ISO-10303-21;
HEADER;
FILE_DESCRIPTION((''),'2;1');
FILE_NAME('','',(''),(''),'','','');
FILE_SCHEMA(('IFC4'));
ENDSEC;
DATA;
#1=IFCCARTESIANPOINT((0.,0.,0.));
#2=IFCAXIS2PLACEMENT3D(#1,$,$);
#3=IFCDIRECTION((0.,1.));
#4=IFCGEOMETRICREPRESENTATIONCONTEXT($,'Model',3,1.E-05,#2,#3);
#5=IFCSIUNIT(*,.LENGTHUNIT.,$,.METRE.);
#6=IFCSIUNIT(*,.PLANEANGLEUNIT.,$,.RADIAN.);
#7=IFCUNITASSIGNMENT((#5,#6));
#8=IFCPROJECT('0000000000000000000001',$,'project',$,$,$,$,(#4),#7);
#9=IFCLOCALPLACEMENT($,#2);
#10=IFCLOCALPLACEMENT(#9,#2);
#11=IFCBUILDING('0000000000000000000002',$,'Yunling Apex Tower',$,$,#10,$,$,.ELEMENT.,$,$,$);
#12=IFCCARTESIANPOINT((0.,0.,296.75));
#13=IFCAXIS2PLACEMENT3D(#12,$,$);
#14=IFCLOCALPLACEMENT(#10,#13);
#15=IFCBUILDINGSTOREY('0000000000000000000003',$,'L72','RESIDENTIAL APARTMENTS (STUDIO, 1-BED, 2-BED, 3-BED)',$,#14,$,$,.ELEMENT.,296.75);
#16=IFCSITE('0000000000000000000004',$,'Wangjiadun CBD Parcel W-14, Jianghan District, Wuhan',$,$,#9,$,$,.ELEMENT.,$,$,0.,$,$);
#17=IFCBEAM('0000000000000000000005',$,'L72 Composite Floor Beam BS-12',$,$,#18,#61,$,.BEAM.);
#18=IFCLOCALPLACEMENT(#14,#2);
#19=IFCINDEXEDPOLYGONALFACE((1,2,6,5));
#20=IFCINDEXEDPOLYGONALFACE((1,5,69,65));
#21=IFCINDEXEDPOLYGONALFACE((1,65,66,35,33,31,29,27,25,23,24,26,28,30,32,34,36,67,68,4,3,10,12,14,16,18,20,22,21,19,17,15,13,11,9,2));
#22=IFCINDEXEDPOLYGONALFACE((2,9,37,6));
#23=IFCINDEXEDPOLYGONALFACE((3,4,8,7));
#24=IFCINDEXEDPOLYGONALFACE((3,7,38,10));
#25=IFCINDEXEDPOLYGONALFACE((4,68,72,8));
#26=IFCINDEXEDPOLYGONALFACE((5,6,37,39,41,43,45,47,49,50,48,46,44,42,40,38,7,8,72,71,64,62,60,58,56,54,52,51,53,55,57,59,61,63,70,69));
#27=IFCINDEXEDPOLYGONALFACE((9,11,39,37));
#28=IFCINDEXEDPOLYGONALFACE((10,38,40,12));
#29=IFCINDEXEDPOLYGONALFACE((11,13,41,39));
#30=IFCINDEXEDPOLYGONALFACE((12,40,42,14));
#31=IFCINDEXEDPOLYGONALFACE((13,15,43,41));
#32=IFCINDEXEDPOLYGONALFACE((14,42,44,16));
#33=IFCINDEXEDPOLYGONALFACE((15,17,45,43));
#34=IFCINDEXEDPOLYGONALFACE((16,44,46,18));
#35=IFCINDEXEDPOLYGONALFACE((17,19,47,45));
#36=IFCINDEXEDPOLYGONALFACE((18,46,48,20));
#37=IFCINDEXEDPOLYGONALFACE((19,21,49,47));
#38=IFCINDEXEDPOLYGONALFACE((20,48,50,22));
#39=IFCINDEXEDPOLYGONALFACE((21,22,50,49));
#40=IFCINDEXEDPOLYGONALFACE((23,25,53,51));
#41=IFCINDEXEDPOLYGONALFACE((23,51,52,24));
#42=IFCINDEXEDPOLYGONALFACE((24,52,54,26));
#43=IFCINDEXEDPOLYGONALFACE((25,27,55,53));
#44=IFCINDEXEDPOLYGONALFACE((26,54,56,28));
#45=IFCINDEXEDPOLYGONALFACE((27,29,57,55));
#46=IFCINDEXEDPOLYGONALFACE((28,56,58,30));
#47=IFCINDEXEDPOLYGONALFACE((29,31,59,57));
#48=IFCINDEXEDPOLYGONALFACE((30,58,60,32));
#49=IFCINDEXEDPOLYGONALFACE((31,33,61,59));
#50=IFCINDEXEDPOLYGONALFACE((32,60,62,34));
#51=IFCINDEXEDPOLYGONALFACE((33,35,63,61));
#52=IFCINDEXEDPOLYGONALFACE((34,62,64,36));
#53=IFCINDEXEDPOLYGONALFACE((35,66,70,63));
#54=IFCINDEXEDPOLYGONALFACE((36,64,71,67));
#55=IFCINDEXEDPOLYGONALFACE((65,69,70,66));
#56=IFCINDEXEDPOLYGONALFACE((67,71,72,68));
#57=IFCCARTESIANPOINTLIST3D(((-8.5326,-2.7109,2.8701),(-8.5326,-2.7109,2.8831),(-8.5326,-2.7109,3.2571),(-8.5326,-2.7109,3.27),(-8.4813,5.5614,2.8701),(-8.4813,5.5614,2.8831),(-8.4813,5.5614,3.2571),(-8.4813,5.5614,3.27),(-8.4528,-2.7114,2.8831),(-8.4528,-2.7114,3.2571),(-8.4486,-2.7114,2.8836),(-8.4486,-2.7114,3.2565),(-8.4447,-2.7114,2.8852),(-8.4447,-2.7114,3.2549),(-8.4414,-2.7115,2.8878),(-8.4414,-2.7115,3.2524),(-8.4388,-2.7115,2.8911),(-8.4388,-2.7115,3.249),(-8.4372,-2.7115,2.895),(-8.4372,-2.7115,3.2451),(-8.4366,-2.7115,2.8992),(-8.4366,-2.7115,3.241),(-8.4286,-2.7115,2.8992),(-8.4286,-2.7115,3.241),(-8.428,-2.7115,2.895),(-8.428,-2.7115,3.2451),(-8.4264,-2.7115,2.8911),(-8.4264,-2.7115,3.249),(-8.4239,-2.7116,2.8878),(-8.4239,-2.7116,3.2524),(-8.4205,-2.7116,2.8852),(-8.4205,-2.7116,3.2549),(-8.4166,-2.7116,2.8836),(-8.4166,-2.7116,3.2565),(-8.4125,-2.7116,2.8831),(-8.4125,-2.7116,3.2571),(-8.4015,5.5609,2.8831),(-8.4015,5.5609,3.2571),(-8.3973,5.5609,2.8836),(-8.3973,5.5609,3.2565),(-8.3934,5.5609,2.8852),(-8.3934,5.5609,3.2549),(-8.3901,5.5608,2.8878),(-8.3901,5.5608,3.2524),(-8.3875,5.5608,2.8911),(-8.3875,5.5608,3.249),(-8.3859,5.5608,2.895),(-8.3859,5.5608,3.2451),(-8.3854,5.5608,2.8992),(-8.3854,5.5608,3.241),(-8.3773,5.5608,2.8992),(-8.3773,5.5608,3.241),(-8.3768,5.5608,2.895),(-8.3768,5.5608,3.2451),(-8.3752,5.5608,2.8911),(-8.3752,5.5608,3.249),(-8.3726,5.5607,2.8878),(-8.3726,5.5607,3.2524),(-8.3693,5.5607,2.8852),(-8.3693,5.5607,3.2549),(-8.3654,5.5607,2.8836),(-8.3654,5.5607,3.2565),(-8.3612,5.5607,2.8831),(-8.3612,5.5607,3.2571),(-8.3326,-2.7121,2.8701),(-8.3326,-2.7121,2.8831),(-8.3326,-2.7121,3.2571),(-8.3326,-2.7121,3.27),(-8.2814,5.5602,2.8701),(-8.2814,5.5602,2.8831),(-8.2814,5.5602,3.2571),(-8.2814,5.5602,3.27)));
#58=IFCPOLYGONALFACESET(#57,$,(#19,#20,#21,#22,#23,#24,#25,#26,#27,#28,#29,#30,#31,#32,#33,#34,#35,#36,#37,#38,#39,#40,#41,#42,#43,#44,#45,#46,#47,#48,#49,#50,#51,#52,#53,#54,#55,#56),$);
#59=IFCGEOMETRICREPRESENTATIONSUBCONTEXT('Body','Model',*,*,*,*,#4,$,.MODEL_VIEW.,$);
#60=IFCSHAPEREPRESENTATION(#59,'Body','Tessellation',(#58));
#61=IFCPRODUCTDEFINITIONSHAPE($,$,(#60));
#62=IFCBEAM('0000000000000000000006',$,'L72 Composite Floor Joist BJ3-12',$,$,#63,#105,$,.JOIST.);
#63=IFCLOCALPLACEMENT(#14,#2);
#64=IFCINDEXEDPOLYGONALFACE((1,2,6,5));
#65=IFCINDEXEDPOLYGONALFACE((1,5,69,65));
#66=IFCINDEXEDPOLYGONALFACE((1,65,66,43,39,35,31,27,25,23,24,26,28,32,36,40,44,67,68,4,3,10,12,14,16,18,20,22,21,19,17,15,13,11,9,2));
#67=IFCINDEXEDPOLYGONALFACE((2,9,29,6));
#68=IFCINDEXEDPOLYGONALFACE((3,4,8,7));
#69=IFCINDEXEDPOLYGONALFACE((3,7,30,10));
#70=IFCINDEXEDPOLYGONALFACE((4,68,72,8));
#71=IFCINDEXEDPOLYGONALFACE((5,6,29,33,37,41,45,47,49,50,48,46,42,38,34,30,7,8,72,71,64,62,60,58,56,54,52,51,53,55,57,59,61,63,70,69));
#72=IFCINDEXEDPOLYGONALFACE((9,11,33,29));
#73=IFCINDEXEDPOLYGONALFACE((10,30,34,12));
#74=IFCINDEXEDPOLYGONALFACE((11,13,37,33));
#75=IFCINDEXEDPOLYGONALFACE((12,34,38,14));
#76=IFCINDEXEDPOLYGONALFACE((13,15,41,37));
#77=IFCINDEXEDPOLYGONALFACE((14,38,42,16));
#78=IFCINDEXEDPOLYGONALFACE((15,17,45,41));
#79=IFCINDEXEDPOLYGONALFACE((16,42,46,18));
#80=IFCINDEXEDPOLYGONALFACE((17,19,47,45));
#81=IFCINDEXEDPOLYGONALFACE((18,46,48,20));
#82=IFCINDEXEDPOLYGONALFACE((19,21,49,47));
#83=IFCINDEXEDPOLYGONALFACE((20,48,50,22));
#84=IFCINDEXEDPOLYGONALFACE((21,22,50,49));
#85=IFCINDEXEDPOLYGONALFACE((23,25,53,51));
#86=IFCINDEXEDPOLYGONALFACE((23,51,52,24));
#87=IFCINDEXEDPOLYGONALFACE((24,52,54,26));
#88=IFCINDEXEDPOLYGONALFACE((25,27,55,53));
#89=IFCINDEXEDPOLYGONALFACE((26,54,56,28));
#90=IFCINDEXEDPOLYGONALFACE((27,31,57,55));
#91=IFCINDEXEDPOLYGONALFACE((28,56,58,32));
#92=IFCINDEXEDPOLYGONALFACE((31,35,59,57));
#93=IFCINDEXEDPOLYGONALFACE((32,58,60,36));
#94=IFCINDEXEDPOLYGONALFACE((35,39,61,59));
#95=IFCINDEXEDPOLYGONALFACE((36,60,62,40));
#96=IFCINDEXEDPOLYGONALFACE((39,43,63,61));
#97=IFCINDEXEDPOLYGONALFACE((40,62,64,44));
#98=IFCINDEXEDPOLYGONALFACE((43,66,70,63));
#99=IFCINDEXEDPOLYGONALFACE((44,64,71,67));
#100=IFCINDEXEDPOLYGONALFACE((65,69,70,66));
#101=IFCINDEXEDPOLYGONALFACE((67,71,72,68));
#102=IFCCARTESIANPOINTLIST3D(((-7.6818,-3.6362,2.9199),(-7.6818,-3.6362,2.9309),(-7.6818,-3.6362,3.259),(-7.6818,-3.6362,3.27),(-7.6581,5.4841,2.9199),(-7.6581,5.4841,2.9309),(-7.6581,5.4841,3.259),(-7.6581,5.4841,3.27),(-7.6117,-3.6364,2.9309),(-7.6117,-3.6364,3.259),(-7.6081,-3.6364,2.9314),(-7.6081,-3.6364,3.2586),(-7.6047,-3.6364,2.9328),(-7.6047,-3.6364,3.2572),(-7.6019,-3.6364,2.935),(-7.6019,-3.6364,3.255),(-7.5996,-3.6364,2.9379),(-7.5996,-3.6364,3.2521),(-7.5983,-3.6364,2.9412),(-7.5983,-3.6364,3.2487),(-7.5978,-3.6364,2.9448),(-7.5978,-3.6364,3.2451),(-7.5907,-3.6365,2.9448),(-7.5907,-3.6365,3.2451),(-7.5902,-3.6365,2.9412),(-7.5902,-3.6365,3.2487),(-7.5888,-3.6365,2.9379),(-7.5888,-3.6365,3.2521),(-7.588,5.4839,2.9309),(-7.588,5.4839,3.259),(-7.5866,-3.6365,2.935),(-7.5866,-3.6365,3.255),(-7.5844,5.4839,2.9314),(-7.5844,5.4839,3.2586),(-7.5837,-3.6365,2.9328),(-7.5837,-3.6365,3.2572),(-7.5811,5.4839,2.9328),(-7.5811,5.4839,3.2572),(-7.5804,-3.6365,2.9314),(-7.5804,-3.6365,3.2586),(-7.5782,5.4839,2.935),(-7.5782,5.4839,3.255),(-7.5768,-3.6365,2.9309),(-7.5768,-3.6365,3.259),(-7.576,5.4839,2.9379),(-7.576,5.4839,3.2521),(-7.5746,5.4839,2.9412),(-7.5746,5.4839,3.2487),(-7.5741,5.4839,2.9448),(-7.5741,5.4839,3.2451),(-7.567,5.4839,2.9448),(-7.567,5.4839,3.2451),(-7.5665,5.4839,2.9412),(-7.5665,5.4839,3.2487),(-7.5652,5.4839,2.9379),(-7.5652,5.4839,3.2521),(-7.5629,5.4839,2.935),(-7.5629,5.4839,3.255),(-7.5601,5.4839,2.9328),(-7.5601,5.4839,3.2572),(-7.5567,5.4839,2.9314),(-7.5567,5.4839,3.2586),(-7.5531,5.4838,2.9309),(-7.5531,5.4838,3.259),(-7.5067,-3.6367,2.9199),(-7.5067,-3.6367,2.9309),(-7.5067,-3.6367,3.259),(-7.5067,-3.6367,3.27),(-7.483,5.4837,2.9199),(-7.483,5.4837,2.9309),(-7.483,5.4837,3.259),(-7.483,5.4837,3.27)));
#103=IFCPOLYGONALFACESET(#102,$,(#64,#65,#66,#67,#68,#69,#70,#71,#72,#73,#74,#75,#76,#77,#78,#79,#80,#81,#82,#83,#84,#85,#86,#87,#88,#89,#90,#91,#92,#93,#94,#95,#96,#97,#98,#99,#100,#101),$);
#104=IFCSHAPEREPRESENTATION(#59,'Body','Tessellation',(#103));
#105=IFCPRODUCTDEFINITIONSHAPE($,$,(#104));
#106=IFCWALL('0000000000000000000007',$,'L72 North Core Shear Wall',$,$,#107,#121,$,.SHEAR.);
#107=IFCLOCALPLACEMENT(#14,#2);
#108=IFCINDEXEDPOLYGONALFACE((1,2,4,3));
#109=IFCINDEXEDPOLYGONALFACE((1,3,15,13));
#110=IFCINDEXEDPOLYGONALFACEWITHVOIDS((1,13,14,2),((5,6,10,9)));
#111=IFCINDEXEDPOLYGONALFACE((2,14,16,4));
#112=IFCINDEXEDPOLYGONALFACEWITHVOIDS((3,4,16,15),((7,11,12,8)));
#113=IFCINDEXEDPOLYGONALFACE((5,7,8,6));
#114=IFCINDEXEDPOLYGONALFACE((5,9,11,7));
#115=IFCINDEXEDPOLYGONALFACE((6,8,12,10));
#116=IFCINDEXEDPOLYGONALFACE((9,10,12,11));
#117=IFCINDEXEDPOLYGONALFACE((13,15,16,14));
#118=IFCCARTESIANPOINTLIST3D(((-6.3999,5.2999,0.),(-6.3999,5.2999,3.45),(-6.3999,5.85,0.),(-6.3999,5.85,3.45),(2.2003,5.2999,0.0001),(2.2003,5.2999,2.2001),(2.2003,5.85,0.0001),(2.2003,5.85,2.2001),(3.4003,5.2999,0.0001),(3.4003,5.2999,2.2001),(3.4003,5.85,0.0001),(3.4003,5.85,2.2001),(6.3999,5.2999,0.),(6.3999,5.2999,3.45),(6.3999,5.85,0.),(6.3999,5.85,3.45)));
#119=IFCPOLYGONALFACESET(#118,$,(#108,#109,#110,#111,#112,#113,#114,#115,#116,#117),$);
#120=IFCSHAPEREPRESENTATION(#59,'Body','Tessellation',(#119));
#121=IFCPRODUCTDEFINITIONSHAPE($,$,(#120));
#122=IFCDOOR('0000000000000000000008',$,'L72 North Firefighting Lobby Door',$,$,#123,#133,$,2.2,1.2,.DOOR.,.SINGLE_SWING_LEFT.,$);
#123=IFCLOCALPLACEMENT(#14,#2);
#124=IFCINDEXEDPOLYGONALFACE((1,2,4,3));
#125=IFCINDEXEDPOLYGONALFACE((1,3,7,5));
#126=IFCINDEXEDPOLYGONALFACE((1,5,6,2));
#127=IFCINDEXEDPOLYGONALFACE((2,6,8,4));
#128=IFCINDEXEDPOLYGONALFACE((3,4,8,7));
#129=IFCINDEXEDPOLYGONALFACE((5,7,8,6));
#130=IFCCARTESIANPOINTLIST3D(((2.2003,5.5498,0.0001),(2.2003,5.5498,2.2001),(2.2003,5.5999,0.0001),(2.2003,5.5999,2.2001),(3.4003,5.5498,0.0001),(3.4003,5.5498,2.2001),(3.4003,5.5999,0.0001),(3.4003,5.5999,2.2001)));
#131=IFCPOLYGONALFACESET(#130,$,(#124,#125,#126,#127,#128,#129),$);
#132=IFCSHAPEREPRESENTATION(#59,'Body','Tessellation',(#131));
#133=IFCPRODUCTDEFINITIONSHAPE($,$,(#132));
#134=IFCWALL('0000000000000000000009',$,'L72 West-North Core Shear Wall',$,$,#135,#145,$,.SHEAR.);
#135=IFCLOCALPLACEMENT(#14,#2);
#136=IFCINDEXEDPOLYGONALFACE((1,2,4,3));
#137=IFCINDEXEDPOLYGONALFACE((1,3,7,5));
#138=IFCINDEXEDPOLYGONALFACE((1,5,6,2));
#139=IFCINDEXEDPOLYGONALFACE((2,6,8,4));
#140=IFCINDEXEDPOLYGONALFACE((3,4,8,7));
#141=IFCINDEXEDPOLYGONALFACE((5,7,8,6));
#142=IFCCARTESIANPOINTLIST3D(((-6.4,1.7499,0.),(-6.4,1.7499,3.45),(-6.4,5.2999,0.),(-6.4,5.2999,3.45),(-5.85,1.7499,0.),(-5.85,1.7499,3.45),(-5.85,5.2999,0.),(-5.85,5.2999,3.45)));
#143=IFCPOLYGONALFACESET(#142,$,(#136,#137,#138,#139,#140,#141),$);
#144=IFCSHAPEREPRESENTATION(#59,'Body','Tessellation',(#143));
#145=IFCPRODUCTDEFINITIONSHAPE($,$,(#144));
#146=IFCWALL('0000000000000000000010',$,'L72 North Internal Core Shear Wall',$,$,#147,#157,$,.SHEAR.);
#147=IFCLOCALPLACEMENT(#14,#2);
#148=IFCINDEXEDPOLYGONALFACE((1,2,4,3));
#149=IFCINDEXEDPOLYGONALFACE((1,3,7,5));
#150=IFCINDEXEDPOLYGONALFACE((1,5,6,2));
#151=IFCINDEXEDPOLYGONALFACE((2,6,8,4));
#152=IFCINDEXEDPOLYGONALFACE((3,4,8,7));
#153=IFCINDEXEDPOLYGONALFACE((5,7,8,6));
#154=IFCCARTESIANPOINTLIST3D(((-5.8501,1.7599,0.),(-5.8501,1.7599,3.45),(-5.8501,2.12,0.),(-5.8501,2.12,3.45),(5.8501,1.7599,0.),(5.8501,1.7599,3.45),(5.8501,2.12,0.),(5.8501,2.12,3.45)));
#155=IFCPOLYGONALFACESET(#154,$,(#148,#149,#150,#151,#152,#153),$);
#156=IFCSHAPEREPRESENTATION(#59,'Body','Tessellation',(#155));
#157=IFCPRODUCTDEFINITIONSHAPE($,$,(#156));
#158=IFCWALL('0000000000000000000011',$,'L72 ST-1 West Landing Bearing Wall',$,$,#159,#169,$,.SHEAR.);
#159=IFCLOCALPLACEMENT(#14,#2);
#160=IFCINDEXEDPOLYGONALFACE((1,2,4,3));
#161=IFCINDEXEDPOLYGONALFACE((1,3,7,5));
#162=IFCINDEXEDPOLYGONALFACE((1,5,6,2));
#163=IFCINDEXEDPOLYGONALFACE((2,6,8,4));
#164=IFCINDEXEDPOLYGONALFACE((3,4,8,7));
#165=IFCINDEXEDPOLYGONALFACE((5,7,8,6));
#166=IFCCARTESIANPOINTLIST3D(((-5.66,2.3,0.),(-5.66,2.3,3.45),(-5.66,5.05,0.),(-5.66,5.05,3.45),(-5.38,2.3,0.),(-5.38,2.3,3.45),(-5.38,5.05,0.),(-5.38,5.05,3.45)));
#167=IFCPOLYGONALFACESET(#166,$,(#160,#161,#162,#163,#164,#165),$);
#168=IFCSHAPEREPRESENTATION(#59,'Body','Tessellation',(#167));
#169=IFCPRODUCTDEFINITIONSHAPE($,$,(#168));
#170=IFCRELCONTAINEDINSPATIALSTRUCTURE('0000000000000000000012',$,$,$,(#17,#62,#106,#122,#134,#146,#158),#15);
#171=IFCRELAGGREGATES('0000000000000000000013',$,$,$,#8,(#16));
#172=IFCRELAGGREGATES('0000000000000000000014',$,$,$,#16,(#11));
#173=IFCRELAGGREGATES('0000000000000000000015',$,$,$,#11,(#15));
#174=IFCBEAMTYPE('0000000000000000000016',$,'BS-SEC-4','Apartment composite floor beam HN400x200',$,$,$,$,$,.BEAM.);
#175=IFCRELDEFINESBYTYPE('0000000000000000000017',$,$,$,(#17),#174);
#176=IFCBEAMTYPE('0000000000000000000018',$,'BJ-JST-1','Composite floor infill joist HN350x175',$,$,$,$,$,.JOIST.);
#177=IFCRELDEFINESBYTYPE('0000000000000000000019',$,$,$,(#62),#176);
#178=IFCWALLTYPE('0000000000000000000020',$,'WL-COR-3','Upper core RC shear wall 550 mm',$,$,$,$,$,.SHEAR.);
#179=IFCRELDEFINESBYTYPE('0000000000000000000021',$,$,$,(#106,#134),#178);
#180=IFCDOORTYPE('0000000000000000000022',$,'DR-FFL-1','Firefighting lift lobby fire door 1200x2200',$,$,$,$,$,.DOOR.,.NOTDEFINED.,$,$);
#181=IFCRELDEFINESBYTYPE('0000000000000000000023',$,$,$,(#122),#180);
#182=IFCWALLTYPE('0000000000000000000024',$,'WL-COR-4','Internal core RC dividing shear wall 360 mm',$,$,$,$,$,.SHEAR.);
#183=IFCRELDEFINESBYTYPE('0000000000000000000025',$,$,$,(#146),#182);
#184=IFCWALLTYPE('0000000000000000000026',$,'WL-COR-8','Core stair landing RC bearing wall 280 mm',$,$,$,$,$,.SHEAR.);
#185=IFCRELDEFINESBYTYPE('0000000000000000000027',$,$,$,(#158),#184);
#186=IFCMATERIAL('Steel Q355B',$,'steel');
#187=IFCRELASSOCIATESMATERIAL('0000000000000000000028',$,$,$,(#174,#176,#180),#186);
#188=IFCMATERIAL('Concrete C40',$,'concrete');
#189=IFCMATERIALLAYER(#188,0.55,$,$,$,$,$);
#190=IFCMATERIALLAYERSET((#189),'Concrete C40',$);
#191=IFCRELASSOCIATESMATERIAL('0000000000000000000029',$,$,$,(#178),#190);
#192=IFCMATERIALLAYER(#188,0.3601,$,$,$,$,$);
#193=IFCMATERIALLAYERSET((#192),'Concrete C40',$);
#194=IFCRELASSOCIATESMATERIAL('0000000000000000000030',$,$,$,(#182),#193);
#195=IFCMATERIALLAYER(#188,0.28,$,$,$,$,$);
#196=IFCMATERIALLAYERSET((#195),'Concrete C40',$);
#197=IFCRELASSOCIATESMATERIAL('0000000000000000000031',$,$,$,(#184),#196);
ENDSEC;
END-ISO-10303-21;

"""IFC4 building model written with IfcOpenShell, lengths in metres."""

from ifc_helpers import new_model, si_unit, direction, frame, frame_2d, origin, origin_2d, place, context, subcontext, project, spatial, rectangle, i_section, extrude, source, transform, mapped, material, layer, layer_set, material_profile, profile_set, type_object, element, fill, save


model = new_model("IFC4")

# Units and contexts
model_context = context("Model", 3, precision=1e-05, world=origin(), true_north=direction((0.0, 1.0)))
body_context = subcontext(model_context, "Body", "Model", "MODEL_VIEW")
ifc_project = project(units=[si_unit("LENGTHUNIT", "METRE"), si_unit("PLANEANGLEUNIT", "RADIAN")], contexts=[model_context])

# Site, building, storey
site_placement = place(None, origin())
site = spatial("IfcSite", under=ifc_project, at=site_placement, Name="Wangjiadun CBD Parcel W-14, Jianghan District, Wuhan", CompositionType="ELEMENT", RefElevation=0.0)
building_placement = place(site_placement, origin())
building = spatial("IfcBuilding", under=site, at=building_placement, Name="Yunling Apex Tower", CompositionType="ELEMENT")
storey_placement = place(building_placement, frame((0.0, 0.0, 296.75)))
storey = spatial("IfcBuildingStorey", under=building, at=storey_placement, Name="L72", Description="RESIDENTIAL APARTMENTS (STUDIO, 1-BED, 2-BED, 3-BED)", CompositionType="ELEMENT", Elevation=296.75)

# Beams
ifc_material_1 = material(Name="Steel Q355B", Category="steel")
ifc_material_profile_1 = material_profile(ifc_material_1, i_section(OverallWidth=0.2, OverallDepth=0.3999, WebThickness=0.0081, FlangeThickness=0.0129, FilletRadius=0.0161, at=origin_2d()))
ifc_profile_set_1 = profile_set([ifc_material_profile_1], Name="Steel Q355B")
beam_type_1 = type_object("IfcBeamType", Name="BS-SEC-4", Description="Apartment composite floor beam HN400x200", PredefinedType="BEAM", material=ifc_profile_set_1)
shared_shape_1 = source(origin(), body_context, "Body", "SweptSolid", [
    extrude(i_section(OverallWidth=0.2, OverallDepth=0.3999, WebThickness=0.0081, FlangeThickness=0.0129, FilletRadius=0.0161, at=origin_2d()), origin(), (0.0, 0.0, 1.0), 8.2725),
])
beam_1_placement = place(storey_placement, frame((-8.3813, 5.5608, 3.0701), z_axis=(-0.006198, -0.999981, 0.0), x_axis=(0.999981, -0.006198, 0.0)))
element("IfcBeam", 1, at=beam_1_placement, inside=storey, type_object=beam_type_1, Name="L72 Composite Floor Beam BS-12", PredefinedType="BEAM", context=body_context, shape_type="MappedRepresentation", body=[
    mapped(shared_shape_1, transform((0.0, 0.0, 0.0), scale=1.0)),
])
ifc_material_profile_2 = material_profile(ifc_material_1, i_section(OverallWidth=0.175, OverallDepth=0.3501, WebThickness=0.0071, FlangeThickness=0.011, FilletRadius=0.0139, at=origin_2d()))
ifc_profile_set_2 = profile_set([ifc_material_profile_2], Name="Steel Q355B")
beam_type_2 = type_object("IfcBeamType", Name="BJ-JST-1", Description="Composite floor infill joist HN350x175", PredefinedType="JOIST", material=ifc_profile_set_2)
shared_shape_2 = source(origin(), body_context, "Body", "SweptSolid", [
    extrude(i_section(OverallWidth=0.175, OverallDepth=0.3501, WebThickness=0.0071, FlangeThickness=0.011, FilletRadius=0.0139, at=origin_2d()), origin(), (0.0, 0.0, 1.0), 9.1204),
])
beam_2_placement = place(storey_placement, frame((-7.5706, 5.4839, 3.095), z_axis=(-0.002597, -0.999997, 0.0), x_axis=(0.999997, -0.002597, 0.0)))
element("IfcBeam", 2, at=beam_2_placement, inside=storey, type_object=beam_type_2, Name="L72 Composite Floor Joist BJ3-12", PredefinedType="JOIST", context=body_context, shape_type="MappedRepresentation", body=[
    mapped(shared_shape_2, transform((0.0, 0.0, 0.0), scale=1.0)),
])

# Wall, opening, door
ifc_material_2 = material(Name="Concrete C40", Category="concrete")
ifc_layer_1 = layer(ifc_material_2, 0.55)
ifc_layer_set_1 = layer_set([ifc_layer_1], Name="Concrete C40")
wall_type_1 = type_object("IfcWallType", Name="WL-COR-3", Description="Upper core RC shear wall 550 mm", PredefinedType="SHEAR", material=ifc_layer_set_1)
wall_1_placement = place(storey_placement, frame((-6.3999, 5.575, 0.0), z_axis=(0.0, 0.0, 1.0), x_axis=(1.0, 0.0, 0.0)))
wall_1 = element("IfcWall", 3, at=wall_1_placement, inside=storey, type_object=wall_type_1, Name="L72 North Core Shear Wall", PredefinedType="SHEAR", context=body_context, shape_type="SweptSolid", body=[
    extrude(rectangle(XDim=12.7998, YDim=0.55, at=frame_2d((6.3999, 0.0))), origin(), (0.0, 0.0, 1.0), 3.45),
])
opening_1_placement = place(wall_1_placement, frame((8.6001, 0.0, 0.0)))
opening_1 = element("IfcOpeningElement", 4, at=opening_1_placement, cuts=wall_1, PredefinedType="OPENING", context=body_context, shape_type="SweptSolid", body=[
    extrude(rectangle(XDim=1.2, YDim=2.2, at=frame_2d((0.6001, 1.1001))), frame((0.0, 0.2852, 0.0), z_axis=(0.0, -1.0, 0.0), x_axis=(1.0, 0.0, 0.0)), (0.0, 0.0, 1.0), 0.5701),
])
door_type_1 = type_object("IfcDoorType", Name="DR-FFL-1", Description="Firefighting lift lobby fire door 1200x2200", OperationType="NOTDEFINED", PredefinedType="DOOR", material=ifc_material_1)
door_1_placement = place(opening_1_placement, origin())
door_1 = element("IfcDoor", 5, at=door_1_placement, inside=storey, type_object=door_type_1, Name="L72 North Firefighting Lobby Door", OperationType="SINGLE_SWING_LEFT", OverallHeight=2.2, OverallWidth=1.2, PredefinedType="DOOR", context=body_context, shape_type="SweptSolid", body=[
    extrude(rectangle(XDim=1.2, YDim=2.2, at=frame_2d((0.6001, 1.1001))), frame((0.0, 0.0249, 0.0), z_axis=(0.0, -1.0, 0.0), x_axis=(1.0, 0.0, 0.0)), (0.0, 0.0, 1.0), 0.05),
])
fill(opening_1, door_1)

# Walls
wall_2_placement = place(storey_placement, frame((-6.125, 1.75, 0.0), z_axis=(0.0, 0.0, 1.0), x_axis=(0.0, 1.0, 0.0)))
element("IfcWall", 6, at=wall_2_placement, inside=storey, type_object=wall_type_1, Name="L72 West-North Core Shear Wall", PredefinedType="SHEAR", context=body_context, shape_type="SweptSolid", body=[
    extrude(rectangle(XDim=3.55, YDim=0.55, at=frame_2d((1.7749, 0.0))), origin(), (0.0, 0.0, 1.0), 3.45),
])
ifc_layer_2 = layer(ifc_material_2, 0.3601)
ifc_layer_set_2 = layer_set([ifc_layer_2], Name="Concrete C40")
wall_type_2 = type_object("IfcWallType", Name="WL-COR-4", Description="Internal core RC dividing shear wall 360 mm", PredefinedType="SHEAR", material=ifc_layer_set_2)
wall_3_placement = place(storey_placement, frame((-5.8501, 1.9399, 0.0), z_axis=(0.0, 0.0, 1.0), x_axis=(1.0, 0.0, 0.0)))
element("IfcWall", 7, at=wall_3_placement, inside=storey, type_object=wall_type_2, Name="L72 North Internal Core Shear Wall", PredefinedType="SHEAR", context=body_context, shape_type="SweptSolid", body=[
    extrude(rectangle(XDim=11.7002, YDim=0.3601, at=frame_2d((5.8501, 0.0))), origin(), (0.0, 0.0, 1.0), 3.45),
])
ifc_layer_3 = layer(ifc_material_2, 0.28)
ifc_layer_set_3 = layer_set([ifc_layer_3], Name="Concrete C40")
wall_type_3 = type_object("IfcWallType", Name="WL-COR-8", Description="Core stair landing RC bearing wall 280 mm", PredefinedType="SHEAR", material=ifc_layer_set_3)
wall_4_placement = place(storey_placement, frame((-5.52, 2.3, 0.0), z_axis=(0.0, 0.0, 1.0), x_axis=(0.0, 1.0, 0.0)))
element("IfcWall", 8, at=wall_4_placement, inside=storey, type_object=wall_type_3, Name="L72 ST-1 West Landing Bearing Wall", PredefinedType="SHEAR", context=body_context, shape_type="SweptSolid", body=[
    extrude(rectangle(XDim=2.75, YDim=0.28, at=frame_2d((1.375, 0.0))), origin(), (0.0, 0.0, 1.0), 3.45),
])

save(model, "model.ifc")
